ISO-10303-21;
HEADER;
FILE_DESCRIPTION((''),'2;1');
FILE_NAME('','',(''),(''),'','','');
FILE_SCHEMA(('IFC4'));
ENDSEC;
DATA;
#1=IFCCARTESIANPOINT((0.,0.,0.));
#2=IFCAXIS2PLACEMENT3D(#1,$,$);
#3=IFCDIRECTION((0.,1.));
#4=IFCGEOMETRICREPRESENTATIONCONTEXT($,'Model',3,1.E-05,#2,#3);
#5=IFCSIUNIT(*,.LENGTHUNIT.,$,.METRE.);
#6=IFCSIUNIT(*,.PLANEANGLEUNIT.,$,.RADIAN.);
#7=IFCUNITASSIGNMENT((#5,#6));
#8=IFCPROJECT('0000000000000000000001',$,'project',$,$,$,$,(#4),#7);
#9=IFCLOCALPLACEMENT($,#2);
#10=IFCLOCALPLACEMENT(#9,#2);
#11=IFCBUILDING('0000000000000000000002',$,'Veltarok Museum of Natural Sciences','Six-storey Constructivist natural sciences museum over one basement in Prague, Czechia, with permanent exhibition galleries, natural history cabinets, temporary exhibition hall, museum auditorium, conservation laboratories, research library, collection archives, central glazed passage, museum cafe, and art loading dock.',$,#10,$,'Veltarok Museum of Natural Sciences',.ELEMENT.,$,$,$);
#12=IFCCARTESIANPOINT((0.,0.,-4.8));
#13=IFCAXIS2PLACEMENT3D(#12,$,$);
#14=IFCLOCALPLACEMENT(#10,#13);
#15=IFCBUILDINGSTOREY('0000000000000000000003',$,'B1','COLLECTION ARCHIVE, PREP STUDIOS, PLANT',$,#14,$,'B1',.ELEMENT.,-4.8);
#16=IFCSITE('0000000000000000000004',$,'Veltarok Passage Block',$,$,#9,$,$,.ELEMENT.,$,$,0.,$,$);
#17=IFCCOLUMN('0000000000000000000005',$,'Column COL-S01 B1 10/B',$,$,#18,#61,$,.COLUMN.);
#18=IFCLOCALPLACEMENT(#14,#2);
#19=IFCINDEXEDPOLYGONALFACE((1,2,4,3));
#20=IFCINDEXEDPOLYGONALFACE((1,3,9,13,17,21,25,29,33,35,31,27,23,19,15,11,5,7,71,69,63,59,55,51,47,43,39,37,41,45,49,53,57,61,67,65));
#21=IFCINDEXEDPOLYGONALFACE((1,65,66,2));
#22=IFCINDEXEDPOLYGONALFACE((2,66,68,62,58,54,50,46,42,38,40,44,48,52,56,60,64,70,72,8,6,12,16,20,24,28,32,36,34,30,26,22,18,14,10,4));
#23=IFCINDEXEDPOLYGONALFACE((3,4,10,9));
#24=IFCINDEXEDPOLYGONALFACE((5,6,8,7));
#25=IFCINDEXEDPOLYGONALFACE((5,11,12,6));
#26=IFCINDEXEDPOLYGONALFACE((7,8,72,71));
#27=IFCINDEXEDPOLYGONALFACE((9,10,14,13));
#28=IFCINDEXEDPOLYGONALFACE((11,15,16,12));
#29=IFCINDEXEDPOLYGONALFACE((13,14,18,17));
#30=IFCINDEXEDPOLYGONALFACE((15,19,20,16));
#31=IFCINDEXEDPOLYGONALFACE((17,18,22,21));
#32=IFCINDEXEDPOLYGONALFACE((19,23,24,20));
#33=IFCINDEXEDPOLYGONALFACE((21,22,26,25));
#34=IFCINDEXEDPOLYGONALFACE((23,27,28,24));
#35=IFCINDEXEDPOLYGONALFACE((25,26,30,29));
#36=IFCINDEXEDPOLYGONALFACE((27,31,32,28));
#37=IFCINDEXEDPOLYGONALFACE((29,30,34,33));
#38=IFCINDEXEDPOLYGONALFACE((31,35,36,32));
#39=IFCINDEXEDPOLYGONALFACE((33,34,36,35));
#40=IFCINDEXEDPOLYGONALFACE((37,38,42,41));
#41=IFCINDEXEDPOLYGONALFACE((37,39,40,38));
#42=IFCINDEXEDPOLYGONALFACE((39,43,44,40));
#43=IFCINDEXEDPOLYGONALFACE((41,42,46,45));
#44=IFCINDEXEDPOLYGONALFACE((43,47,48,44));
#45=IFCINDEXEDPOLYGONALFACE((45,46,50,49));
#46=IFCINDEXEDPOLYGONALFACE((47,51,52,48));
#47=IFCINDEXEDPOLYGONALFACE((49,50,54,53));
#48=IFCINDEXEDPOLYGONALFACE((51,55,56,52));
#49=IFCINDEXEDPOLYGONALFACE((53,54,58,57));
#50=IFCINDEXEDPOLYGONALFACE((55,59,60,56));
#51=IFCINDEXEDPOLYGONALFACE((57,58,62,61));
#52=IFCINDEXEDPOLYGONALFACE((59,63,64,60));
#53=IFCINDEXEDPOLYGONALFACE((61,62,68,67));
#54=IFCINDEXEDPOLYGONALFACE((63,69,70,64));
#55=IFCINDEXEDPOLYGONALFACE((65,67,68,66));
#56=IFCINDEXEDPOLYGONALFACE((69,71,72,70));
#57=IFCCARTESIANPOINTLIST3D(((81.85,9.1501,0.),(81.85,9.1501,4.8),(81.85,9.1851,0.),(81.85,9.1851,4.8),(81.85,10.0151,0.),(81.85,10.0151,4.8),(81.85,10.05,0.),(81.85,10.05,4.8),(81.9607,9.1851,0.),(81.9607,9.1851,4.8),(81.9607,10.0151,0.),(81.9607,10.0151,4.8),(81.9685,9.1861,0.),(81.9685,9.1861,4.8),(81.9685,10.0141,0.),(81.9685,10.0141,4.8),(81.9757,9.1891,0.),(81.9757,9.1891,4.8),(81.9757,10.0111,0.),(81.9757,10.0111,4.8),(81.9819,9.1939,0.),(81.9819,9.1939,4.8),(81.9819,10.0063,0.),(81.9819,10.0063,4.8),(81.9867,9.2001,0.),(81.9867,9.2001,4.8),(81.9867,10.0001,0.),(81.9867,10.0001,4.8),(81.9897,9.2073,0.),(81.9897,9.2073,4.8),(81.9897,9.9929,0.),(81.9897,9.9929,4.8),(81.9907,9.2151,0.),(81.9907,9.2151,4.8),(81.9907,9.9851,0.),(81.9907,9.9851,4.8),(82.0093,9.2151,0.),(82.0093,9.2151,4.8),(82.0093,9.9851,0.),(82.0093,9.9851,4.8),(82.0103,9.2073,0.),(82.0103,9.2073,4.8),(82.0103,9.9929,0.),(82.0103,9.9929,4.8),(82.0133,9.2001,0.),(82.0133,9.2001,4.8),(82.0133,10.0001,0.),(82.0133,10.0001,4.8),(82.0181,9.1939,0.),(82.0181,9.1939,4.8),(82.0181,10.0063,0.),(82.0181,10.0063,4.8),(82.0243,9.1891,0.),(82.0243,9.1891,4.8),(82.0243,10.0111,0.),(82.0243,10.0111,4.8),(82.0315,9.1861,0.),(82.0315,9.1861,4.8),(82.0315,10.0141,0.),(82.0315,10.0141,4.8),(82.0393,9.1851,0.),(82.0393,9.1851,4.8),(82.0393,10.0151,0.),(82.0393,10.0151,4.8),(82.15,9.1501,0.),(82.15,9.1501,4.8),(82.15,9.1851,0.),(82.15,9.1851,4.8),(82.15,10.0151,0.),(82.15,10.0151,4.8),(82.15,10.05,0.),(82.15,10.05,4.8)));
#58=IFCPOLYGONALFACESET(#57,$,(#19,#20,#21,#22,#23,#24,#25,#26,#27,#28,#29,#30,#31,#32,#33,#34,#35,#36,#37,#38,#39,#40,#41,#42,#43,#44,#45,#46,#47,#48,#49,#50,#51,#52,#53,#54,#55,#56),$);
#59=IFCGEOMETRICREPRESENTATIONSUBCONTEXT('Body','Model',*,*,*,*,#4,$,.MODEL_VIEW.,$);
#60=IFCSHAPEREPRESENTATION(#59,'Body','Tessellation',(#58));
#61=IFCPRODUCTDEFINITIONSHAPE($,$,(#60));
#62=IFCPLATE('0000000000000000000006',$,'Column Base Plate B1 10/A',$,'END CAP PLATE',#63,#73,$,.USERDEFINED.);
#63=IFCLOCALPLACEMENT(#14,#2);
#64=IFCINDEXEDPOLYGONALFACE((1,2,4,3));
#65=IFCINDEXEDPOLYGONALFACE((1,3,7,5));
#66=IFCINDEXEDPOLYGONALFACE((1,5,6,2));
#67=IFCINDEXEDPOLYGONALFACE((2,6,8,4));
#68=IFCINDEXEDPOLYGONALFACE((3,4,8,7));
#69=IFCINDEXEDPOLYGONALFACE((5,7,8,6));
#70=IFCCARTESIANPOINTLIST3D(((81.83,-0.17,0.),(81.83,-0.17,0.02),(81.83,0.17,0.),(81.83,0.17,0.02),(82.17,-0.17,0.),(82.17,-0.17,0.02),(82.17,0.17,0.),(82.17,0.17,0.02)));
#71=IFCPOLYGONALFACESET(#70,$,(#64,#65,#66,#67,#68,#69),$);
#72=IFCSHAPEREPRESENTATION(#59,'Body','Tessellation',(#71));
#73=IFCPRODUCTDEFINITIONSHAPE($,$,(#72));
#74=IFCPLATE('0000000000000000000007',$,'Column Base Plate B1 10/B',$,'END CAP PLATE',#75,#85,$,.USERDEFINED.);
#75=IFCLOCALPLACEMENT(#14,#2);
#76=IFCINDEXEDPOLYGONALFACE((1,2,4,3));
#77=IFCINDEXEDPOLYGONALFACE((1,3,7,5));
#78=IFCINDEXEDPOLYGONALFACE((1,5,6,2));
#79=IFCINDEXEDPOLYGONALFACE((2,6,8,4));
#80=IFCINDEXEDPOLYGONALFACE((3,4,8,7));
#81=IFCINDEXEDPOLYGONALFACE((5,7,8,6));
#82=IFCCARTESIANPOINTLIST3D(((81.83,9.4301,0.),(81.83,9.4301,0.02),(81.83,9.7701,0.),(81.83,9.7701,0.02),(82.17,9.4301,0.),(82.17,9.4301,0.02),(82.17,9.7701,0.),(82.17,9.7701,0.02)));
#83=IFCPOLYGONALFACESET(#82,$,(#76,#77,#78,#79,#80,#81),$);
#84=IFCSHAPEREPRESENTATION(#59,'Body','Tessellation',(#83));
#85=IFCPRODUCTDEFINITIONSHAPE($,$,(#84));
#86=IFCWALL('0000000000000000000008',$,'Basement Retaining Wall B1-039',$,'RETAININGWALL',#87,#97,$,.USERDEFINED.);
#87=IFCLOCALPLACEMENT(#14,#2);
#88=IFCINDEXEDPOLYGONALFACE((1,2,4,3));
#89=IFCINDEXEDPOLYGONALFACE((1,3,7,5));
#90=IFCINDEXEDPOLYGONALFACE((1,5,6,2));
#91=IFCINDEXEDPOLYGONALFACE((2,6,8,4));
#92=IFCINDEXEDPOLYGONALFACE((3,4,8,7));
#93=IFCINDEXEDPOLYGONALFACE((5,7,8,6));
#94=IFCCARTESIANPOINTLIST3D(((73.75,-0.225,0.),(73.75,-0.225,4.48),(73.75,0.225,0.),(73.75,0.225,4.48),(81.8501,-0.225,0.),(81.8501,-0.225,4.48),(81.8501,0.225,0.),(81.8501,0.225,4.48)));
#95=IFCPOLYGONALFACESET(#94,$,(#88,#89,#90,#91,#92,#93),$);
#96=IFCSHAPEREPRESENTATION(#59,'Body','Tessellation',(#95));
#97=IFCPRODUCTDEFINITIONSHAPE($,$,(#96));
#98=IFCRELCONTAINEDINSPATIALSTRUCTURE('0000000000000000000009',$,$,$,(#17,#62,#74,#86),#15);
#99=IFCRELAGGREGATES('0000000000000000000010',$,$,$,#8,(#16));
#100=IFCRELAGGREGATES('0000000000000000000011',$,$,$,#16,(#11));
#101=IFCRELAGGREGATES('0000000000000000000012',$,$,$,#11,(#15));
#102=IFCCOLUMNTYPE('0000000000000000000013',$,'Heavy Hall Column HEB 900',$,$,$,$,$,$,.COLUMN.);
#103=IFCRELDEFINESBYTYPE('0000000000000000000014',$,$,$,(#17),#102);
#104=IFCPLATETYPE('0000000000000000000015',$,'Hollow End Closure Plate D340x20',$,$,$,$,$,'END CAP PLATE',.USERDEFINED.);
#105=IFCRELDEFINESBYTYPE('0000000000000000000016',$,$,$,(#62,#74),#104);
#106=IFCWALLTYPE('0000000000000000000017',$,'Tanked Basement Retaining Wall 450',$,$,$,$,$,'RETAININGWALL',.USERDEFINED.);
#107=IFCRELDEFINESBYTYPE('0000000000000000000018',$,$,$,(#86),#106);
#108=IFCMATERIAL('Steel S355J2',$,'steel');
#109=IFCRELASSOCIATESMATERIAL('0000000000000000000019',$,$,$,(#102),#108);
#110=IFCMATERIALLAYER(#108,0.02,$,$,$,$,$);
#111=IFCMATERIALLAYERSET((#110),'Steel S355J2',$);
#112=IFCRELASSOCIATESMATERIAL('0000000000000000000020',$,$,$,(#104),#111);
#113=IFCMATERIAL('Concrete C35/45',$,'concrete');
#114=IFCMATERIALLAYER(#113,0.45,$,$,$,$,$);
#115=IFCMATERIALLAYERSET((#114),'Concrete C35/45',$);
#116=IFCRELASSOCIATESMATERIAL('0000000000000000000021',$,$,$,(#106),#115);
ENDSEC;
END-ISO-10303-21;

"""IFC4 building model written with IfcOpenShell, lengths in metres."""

from ifc_helpers import new_model, si_unit, direction, frame, frame_2d, origin, origin_2d, place, context, subcontext, project, spatial, rectangle, i_section, extrude, material, layer, layer_set, material_profile, profile_set, type_object, element, save


model = new_model("IFC4")

# Units and contexts
model_context = context("Model", 3, precision=1e-05, world=origin(), true_north=direction((0.0, 1.0)))
body_context = subcontext(model_context, "Body", "Model", "MODEL_VIEW")
ifc_project = project(units=[si_unit("LENGTHUNIT", "METRE"), si_unit("PLANEANGLEUNIT", "RADIAN")], contexts=[model_context])

# Site, building, storey
site_placement = place(None, origin())
site = spatial("IfcSite", under=ifc_project, at=site_placement, Name="Veltarok Passage Block", CompositionType="ELEMENT", RefElevation=0.0)
building_placement = place(site_placement, origin())
building = spatial("IfcBuilding", under=site, at=building_placement, Name="Veltarok Museum of Natural Sciences", Description="Six-storey Constructivist natural sciences museum over one basement in Prague, Czechia, with permanent exhibition galleries, natural history cabinets, temporary exhibition hall, museum auditorium, conservation laboratories, research library, collection archives, central glazed passage, museum cafe, and art loading dock.", LongName="Veltarok Museum of Natural Sciences", CompositionType="ELEMENT")
storey_placement = place(building_placement, frame((0.0, 0.0, -4.8)))
storey = spatial("IfcBuildingStorey", under=building, at=storey_placement, Name="B1", Description="COLLECTION ARCHIVE, PREP STUDIOS, PLANT", LongName="B1", CompositionType="ELEMENT", Elevation=-4.8)

# Shared definitions
ifc_material_1 = material(Name="Concrete C35/45", Category="concrete")

# Column
ifc_material_2 = material(Name="Steel S355J2", Category="steel")
ifc_material_profile_1 = material_profile(ifc_material_2, i_section(OverallWidth=0.3, OverallDepth=0.8999, WebThickness=0.0186, FlangeThickness=0.0349, FilletRadius=0.03, at=origin_2d()), Name="HEB 900")
ifc_profile_set_1 = profile_set([ifc_material_profile_1], Name="Steel S355J2")
column_type = type_object("IfcColumnType", Name="Heavy Hall Column HEB 900", PredefinedType="COLUMN", material=ifc_profile_set_1)
for number, where, z_axis, x_axis, name in (
    (1, (82.0, 9.6001, 0.0), (0.0, 0.0, 1.0), (1.0, 0.0, 0.0), "Column COL-S01 B1 10/B"),
):
    element("IfcColumn", number, at=place(storey_placement, frame(where, z_axis=z_axis, x_axis=x_axis)), inside=storey, type_object=column_type, Name=name, PredefinedType="COLUMN", context=body_context, shape_type="SweptSolid", body=[
        extrude(i_section(OverallWidth=0.3, OverallDepth=0.8999, WebThickness=0.0186, FlangeThickness=0.0349, FilletRadius=0.03, at=origin_2d()), origin(), (0.0, 0.0, 1.0), 4.8),
    ])

# Plates
ifc_layer_1 = layer(ifc_material_2, 0.02)
ifc_layer_set_1 = layer_set([ifc_layer_1], Name="Steel S355J2")
plate_type = type_object("IfcPlateType", Name="Hollow End Closure Plate D340x20", ElementType="END CAP PLATE", PredefinedType="USERDEFINED", material=ifc_layer_set_1)
for number, where, z_axis, x_axis, name in (
    (2, (82.0, 0.0, 0.0), (0.0, 0.0, 1.0), (1.0, 0.0, 0.0), "Column Base Plate B1 10/A"),
    (3, (82.0, 9.6001, 0.0), (0.0, 0.0, 1.0), (1.0, 0.0, 0.0), "Column Base Plate B1 10/B"),
):
    element("IfcPlate", number, at=place(storey_placement, frame(where, z_axis=z_axis, x_axis=x_axis)), inside=storey, type_object=plate_type, Name=name, ObjectType="END CAP PLATE", PredefinedType="USERDEFINED", context=body_context, shape_type="SweptSolid", body=[
        extrude(rectangle(XDim=0.3401, YDim=0.3401, at=origin_2d()), origin(), (0.0, 0.0, 1.0), 0.02),
    ])

# Wall
ifc_layer_2 = layer(ifc_material_1, 0.45)
ifc_layer_set_2 = layer_set([ifc_layer_2], Name="Concrete C35/45")
wall_type = type_object("IfcWallType", Name="Tanked Basement Retaining Wall 450", ElementType="RETAININGWALL", PredefinedType="USERDEFINED", material=ifc_layer_set_2)
wall_placement = place(storey_placement, frame((81.8501, 0.0, 0.0), z_axis=(0.0, 0.0, 1.0), x_axis=(-1.0, 0.0, 0.0)))
element("IfcWall", 4, at=wall_placement, inside=storey, type_object=wall_type, Name="Basement Retaining Wall B1-039", ObjectType="RETAININGWALL", PredefinedType="USERDEFINED", context=body_context, shape_type="SweptSolid", body=[
    extrude(rectangle(XDim=8.1001, YDim=0.45, at=frame_2d((4.05, 0.0))), origin(), (0.0, 0.0, 1.0), 4.48),
])

save(model, "model.ifc")
